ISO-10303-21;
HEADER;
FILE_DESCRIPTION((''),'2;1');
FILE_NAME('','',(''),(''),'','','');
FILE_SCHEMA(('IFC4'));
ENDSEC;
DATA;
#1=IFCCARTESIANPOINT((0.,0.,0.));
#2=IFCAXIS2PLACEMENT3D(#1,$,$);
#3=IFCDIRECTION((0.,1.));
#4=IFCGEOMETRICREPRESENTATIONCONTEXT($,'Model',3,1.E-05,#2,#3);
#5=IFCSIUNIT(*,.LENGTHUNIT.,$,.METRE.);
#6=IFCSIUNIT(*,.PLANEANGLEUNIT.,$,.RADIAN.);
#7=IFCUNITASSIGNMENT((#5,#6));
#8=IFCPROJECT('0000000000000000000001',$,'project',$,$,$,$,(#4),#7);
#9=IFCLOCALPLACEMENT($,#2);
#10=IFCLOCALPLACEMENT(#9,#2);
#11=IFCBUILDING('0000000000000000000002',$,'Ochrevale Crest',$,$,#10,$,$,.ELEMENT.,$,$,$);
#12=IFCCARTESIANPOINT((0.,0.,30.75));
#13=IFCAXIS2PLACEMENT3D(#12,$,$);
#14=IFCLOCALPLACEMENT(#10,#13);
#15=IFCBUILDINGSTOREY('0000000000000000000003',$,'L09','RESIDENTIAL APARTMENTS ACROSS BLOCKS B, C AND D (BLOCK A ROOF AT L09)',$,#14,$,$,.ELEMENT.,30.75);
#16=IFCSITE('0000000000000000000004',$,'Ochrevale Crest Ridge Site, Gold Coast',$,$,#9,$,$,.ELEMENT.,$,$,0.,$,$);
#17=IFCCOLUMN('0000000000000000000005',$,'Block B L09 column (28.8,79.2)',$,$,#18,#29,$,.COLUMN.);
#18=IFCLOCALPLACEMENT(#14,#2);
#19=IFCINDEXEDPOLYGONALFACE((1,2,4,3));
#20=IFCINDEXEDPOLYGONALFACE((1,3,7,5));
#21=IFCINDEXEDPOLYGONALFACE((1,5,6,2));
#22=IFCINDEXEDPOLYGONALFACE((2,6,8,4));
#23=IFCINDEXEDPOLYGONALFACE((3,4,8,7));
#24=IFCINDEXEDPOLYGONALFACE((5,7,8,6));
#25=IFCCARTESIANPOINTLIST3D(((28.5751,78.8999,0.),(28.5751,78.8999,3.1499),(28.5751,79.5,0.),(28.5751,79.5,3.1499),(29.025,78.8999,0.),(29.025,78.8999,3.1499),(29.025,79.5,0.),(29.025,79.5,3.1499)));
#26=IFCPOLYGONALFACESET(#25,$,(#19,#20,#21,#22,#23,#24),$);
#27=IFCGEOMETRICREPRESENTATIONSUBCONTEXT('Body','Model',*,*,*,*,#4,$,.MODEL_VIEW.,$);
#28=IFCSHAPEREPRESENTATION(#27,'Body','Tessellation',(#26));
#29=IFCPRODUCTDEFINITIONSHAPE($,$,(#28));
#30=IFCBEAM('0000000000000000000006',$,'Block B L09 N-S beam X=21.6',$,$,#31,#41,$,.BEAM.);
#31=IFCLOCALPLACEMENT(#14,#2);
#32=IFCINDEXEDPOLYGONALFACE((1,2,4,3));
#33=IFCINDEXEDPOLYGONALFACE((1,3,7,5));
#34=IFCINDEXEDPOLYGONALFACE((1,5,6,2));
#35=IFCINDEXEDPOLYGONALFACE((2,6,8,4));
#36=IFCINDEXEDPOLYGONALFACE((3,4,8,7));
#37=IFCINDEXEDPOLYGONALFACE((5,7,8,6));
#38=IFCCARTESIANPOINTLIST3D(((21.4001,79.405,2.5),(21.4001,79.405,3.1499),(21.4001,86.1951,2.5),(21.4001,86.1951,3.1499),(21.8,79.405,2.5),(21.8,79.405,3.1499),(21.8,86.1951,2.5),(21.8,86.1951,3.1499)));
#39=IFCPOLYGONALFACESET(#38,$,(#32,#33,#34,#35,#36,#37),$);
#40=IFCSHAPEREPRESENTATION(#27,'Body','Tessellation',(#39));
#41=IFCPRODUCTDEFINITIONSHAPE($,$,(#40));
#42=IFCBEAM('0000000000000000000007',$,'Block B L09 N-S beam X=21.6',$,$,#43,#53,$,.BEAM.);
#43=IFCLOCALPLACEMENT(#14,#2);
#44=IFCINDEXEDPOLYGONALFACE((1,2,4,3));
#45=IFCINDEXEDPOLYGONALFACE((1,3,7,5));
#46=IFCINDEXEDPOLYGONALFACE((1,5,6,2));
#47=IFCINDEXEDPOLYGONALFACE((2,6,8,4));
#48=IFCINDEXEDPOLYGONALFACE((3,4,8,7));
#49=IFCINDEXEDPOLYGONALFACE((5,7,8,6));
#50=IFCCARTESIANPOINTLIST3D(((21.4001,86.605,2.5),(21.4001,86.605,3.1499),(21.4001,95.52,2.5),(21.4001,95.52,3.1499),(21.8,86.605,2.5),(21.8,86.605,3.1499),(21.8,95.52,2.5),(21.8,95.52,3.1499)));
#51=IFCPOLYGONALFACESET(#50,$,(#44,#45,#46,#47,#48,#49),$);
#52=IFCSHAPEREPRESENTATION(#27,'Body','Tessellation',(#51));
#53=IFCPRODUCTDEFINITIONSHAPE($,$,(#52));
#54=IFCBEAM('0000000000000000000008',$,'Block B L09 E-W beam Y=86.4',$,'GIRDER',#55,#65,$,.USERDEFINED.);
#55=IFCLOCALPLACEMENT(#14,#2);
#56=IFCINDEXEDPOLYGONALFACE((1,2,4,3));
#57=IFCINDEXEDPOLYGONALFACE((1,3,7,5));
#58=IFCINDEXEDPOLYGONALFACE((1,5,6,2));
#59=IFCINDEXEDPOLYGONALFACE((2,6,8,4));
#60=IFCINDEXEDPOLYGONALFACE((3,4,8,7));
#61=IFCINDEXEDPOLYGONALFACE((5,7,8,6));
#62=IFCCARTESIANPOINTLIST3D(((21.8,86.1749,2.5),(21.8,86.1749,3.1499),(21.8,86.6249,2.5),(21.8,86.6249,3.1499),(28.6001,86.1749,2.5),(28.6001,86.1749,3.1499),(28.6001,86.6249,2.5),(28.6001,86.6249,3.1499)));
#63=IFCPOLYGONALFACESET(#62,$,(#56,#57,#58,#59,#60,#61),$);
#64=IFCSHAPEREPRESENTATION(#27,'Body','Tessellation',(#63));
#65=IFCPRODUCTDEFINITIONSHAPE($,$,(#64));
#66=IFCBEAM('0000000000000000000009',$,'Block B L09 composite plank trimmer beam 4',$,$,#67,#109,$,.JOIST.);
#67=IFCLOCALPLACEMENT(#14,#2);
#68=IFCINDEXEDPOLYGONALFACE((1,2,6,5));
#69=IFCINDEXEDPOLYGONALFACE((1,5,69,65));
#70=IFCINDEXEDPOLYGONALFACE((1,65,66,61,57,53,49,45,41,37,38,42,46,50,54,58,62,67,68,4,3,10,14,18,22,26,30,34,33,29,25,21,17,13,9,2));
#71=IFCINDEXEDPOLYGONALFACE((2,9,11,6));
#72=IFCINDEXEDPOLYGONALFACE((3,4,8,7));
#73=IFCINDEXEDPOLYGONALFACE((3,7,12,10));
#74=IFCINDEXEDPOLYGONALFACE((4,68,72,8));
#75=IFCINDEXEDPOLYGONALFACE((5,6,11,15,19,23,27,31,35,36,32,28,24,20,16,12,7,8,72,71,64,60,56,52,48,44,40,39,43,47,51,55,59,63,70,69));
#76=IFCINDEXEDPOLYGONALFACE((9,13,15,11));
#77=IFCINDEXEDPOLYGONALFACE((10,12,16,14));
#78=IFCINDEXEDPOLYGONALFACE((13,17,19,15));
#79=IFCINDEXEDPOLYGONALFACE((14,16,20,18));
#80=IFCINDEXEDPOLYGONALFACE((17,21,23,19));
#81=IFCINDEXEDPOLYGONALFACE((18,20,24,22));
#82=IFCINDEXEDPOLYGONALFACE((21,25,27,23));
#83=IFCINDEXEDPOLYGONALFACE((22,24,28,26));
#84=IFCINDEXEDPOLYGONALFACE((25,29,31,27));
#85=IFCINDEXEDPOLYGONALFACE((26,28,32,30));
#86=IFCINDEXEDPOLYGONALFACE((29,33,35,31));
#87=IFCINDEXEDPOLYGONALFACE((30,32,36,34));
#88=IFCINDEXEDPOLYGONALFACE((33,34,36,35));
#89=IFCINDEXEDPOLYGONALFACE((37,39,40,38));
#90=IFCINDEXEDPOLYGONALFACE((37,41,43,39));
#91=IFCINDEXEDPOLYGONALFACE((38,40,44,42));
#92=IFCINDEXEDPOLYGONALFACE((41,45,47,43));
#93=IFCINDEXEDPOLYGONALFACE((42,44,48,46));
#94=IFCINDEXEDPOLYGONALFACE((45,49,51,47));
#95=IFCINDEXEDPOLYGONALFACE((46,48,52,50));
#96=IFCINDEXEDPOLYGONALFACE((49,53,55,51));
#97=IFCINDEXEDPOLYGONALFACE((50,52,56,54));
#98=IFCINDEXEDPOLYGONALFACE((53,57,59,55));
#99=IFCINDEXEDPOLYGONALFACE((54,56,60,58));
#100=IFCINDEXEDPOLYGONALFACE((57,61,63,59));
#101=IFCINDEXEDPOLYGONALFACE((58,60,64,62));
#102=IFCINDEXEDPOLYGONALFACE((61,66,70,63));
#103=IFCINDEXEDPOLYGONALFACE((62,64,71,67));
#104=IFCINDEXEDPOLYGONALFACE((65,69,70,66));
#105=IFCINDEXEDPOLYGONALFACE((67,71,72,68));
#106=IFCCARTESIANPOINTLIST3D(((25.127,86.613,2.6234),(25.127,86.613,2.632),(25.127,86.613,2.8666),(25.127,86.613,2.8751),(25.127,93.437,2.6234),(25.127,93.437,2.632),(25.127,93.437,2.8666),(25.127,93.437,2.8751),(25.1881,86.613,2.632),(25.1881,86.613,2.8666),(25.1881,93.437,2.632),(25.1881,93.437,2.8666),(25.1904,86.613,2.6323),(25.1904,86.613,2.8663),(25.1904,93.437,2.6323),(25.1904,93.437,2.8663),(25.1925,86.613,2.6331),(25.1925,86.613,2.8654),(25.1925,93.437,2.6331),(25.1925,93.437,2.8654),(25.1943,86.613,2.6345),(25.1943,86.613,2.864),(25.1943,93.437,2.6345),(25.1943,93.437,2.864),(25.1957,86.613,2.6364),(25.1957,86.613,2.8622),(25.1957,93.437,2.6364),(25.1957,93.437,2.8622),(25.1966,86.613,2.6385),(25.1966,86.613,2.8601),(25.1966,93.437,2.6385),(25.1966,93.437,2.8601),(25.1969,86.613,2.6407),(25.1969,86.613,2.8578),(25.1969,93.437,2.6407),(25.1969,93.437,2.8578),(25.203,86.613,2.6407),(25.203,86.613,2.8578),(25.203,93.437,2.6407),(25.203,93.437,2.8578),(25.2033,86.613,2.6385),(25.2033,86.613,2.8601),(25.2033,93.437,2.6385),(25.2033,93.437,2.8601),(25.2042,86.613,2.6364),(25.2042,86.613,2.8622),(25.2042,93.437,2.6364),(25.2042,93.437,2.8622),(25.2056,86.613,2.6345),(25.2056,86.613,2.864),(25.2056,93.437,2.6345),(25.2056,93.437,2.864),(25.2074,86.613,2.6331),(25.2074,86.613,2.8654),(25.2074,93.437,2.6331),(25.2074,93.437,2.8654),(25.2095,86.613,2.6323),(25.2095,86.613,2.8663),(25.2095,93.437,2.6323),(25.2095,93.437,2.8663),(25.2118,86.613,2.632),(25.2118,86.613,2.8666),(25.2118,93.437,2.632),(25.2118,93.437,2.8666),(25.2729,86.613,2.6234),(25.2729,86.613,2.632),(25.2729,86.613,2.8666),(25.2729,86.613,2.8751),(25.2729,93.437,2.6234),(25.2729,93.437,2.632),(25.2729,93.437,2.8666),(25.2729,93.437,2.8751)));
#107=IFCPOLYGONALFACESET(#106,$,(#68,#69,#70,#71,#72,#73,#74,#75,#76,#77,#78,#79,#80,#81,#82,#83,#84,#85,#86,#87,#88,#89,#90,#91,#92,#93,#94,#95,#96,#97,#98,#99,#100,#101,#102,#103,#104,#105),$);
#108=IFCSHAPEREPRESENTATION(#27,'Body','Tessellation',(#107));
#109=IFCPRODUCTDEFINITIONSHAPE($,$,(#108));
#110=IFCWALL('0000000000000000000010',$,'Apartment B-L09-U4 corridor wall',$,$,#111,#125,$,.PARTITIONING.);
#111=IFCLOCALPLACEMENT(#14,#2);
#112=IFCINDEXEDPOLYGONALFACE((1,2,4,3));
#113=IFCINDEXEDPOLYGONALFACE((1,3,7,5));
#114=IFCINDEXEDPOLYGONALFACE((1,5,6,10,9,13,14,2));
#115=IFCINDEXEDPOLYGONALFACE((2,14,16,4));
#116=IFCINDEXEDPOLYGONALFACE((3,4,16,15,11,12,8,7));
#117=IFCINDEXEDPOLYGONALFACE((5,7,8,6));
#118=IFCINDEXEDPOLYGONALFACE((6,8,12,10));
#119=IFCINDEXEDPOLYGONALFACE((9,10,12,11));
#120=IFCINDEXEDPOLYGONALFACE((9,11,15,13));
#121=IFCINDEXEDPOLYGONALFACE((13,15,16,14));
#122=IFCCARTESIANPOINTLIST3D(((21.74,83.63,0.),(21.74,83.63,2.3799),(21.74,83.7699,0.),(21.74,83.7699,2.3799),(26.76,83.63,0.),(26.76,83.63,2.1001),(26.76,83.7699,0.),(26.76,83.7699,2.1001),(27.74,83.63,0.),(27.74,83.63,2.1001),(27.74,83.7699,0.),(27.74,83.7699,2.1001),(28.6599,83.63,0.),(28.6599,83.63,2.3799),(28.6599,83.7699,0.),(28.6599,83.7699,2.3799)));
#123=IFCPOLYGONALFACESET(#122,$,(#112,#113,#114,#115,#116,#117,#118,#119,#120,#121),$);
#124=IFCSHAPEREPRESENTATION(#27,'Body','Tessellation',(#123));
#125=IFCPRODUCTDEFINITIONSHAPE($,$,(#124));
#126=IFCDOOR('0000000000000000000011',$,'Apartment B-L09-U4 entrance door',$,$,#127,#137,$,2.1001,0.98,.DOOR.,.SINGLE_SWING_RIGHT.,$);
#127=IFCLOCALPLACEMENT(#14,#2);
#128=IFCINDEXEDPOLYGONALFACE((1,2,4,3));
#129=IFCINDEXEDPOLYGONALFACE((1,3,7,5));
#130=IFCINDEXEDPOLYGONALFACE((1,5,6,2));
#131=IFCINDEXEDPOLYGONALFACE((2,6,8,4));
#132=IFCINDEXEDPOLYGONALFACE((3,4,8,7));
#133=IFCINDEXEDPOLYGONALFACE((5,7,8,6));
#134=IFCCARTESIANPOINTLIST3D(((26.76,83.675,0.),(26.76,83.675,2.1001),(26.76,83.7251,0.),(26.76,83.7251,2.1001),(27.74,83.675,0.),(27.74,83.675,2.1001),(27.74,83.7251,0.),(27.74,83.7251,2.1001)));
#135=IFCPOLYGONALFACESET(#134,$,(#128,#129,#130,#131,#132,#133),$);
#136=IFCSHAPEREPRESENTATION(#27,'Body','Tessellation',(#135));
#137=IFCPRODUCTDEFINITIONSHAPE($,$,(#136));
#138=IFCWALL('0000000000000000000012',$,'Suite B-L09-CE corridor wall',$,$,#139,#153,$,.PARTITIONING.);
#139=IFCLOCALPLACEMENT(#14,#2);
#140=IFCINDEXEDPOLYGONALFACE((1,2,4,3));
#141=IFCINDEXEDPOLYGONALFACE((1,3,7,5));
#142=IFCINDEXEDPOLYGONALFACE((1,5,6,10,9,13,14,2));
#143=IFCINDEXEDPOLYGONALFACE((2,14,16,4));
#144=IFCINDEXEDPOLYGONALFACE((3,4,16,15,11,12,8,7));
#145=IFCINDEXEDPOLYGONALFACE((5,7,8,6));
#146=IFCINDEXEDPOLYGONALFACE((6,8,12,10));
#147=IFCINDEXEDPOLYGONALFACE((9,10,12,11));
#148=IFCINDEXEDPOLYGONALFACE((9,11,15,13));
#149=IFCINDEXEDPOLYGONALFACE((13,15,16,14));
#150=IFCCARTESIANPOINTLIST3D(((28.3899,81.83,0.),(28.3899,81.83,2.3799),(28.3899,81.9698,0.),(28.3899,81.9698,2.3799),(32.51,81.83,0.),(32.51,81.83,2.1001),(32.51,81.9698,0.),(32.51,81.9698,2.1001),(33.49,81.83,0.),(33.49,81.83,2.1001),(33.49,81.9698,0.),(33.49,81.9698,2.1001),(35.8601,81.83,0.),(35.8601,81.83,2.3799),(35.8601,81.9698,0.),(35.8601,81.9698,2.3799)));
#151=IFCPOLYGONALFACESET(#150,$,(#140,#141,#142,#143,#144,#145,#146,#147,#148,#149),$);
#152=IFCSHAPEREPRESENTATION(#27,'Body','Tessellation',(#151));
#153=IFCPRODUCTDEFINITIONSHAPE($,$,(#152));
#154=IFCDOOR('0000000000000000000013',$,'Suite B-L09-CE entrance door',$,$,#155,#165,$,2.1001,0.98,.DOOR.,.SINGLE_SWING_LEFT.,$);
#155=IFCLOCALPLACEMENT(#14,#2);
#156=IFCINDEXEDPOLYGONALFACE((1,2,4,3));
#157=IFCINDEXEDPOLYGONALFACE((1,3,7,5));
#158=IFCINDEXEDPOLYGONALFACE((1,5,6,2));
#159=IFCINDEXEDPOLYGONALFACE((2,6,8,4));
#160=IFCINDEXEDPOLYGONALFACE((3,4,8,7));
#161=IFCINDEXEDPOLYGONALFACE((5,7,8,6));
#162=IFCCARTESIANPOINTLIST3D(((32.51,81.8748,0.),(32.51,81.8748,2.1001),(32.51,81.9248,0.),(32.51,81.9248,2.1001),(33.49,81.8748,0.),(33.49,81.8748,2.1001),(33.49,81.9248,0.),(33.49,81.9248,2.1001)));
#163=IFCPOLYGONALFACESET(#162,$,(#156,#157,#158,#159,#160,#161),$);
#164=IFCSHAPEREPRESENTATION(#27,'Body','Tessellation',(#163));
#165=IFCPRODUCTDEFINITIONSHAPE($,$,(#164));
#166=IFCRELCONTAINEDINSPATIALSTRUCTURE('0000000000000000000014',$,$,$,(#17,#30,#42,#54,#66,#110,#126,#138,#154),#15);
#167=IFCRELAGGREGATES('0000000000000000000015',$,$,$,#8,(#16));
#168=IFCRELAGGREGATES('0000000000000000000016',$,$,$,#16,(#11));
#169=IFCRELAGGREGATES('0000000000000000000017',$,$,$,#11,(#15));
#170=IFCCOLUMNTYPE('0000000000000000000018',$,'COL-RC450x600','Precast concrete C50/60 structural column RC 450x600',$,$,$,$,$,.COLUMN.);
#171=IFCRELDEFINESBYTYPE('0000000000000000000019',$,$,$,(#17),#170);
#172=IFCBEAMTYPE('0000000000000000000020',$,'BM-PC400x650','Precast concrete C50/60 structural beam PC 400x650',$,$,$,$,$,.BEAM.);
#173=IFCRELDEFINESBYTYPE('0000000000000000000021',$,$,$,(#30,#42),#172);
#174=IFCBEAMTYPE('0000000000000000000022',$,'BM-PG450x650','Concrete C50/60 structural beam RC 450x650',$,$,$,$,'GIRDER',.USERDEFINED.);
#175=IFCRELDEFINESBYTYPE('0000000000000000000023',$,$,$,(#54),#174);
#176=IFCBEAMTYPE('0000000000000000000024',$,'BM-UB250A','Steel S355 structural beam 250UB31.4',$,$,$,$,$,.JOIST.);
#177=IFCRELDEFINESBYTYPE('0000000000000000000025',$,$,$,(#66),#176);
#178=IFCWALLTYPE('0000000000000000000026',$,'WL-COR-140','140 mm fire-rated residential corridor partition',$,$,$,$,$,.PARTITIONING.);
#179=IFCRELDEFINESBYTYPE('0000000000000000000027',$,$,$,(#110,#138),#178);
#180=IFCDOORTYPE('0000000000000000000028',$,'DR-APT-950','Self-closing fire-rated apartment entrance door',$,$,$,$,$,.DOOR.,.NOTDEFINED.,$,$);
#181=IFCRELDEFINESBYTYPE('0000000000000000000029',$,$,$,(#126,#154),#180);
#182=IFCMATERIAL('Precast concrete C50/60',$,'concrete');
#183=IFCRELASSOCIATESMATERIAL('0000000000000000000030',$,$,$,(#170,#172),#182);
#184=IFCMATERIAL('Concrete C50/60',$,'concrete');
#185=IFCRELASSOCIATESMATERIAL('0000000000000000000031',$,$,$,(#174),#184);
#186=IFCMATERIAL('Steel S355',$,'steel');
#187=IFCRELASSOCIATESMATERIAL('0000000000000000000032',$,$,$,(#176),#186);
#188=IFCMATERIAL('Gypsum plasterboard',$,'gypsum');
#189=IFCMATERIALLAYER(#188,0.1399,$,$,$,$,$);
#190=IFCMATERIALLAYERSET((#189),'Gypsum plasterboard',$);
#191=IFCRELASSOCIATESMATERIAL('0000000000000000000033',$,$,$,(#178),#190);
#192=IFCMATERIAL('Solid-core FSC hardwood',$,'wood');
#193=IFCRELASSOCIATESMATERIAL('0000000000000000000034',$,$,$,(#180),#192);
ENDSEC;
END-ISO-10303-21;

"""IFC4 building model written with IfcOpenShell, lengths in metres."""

from ifc_helpers import new_model, si_unit, direction, frame, frame_2d, origin, origin_2d, place, context, subcontext, project, spatial, rectangle, i_section, extrude, material, layer, layer_set, material_profile, profile_set, type_object, element, fill, save


model = new_model("IFC4")

# Units and contexts
model_context = context("Model", 3, precision=1e-05, world=origin(), true_north=direction((0.0, 1.0)))
body_context = subcontext(model_context, "Body", "Model", "MODEL_VIEW")
ifc_project = project(units=[si_unit("LENGTHUNIT", "METRE"), si_unit("PLANEANGLEUNIT", "RADIAN")], contexts=[model_context])

# Site, building, storey
site_placement = place(None, origin())
site = spatial("IfcSite", under=ifc_project, at=site_placement, Name="Ochrevale Crest Ridge Site, Gold Coast", CompositionType="ELEMENT", RefElevation=0.0)
building_placement = place(site_placement, origin())
building = spatial("IfcBuilding", under=site, at=building_placement, Name="Ochrevale Crest", CompositionType="ELEMENT")
storey_placement = place(building_placement, frame((0.0, 0.0, 30.75)))
storey = spatial("IfcBuildingStorey", under=building, at=storey_placement, Name="L09", Description="RESIDENTIAL APARTMENTS ACROSS BLOCKS B, C AND D (BLOCK A ROOF AT L09)", CompositionType="ELEMENT", Elevation=30.75)

# Column
ifc_material_1 = material(Name="Precast concrete C50/60", Category="concrete")
ifc_material_profile_1 = material_profile(ifc_material_1, rectangle(XDim=0.45, YDim=0.6001, at=origin_2d()), Name="RC 450x600")
ifc_profile_set_1 = profile_set([ifc_material_profile_1], Name="Precast concrete C50/60")
column_type = type_object("IfcColumnType", Name="COL-RC450x600", Description="Precast concrete C50/60 structural column RC 450x600", PredefinedType="COLUMN", material=ifc_profile_set_1)
column_placement = place(storey_placement, frame((28.8, 79.2, 0.0), z_axis=(0.0, 0.0, 1.0), x_axis=(1.0, 0.0, 0.0)))
element("IfcColumn", 1, at=column_placement, inside=storey, type_object=column_type, Name="Block B L09 column (28.8,79.2)", PredefinedType="COLUMN", context=body_context, shape_type="SweptSolid", body=[
    extrude(rectangle(XDim=0.45, YDim=0.6001, at=origin_2d()), origin(), (0.0, 0.0, 1.0), 3.1499),
])

# Beams
ifc_material_profile_2 = material_profile(ifc_material_1, rectangle(XDim=0.3999, YDim=0.6499, at=origin_2d()), Name="PC 400x650")
ifc_profile_set_2 = profile_set([ifc_material_profile_2], Name="Precast concrete C50/60")
beam_type_1 = type_object("IfcBeamType", Name="BM-PC400x650", Description="Precast concrete C50/60 structural beam PC 400x650", PredefinedType="BEAM", material=ifc_profile_set_2)
beam_1_placement = place(storey_placement, frame((21.6001, 79.405, 2.825), z_axis=(0.0, 1.0, 0.0), x_axis=(-1.0, 0.0, 0.0)))
element("IfcBeam", 2, at=beam_1_placement, inside=storey, type_object=beam_type_1, Name="Block B L09 N-S beam X=21.6", PredefinedType="BEAM", context=body_context, shape_type="SweptSolid", body=[
    extrude(rectangle(XDim=0.3999, YDim=0.6499, at=origin_2d()), origin(), (0.0, 0.0, 1.0), 6.79),
])
beam_2_placement = place(storey_placement, frame((21.6001, 86.605, 2.825), z_axis=(0.0, 1.0, 0.0), x_axis=(-1.0, 0.0, 0.0)))
element("IfcBeam", 3, at=beam_2_placement, inside=storey, type_object=beam_type_1, Name="Block B L09 N-S beam X=21.6", PredefinedType="BEAM", context=body_context, shape_type="SweptSolid", body=[
    extrude(rectangle(XDim=0.3999, YDim=0.6499, at=origin_2d()), origin(), (0.0, 0.0, 1.0), 8.915),
])
ifc_material_2 = material(Name="Concrete C50/60", Category="concrete")
ifc_material_profile_3 = material_profile(ifc_material_2, rectangle(XDim=0.45, YDim=0.6499, at=origin_2d()), Name="RC 450x650")
ifc_profile_set_3 = profile_set([ifc_material_profile_3], Name="Concrete C50/60")
beam_type_2 = type_object("IfcBeamType", Name="BM-PG450x650", Description="Concrete C50/60 structural beam RC 450x650", ElementType="GIRDER", PredefinedType="USERDEFINED", material=ifc_profile_set_3)
beam_3_placement = place(storey_placement, frame((21.8, 86.3999, 2.825), z_axis=(1.0, 0.0, 0.0), x_axis=(0.0, 1.0, 0.0)))
element("IfcBeam", 4, at=beam_3_placement, inside=storey, type_object=beam_type_2, Name="Block B L09 E-W beam Y=86.4", ObjectType="GIRDER", PredefinedType="USERDEFINED", context=body_context, shape_type="SweptSolid", body=[
    extrude(rectangle(XDim=0.45, YDim=0.6499, at=origin_2d()), origin(), (0.0, 0.0, 1.0), 6.8),
])
ifc_material_3 = material(Name="Steel S355", Category="steel")
ifc_material_profile_4 = material_profile(ifc_material_3, i_section(OverallWidth=0.146, OverallDepth=0.2517, WebThickness=0.0061, FlangeThickness=0.0085, FilletRadius=0.0088, at=origin_2d()), Name="250UB31.4")
ifc_profile_set_4 = profile_set([ifc_material_profile_4], Name="Steel S355")
beam_type_3 = type_object("IfcBeamType", Name="BM-UB250A", Description="Steel S355 structural beam 250UB31.4", PredefinedType="JOIST", material=ifc_profile_set_4)
beam_4_placement = place(storey_placement, frame((25.2, 86.613, 2.7493), z_axis=(0.0, 1.0, 0.0), x_axis=(-1.0, 0.0, 0.0)))
element("IfcBeam", 5, at=beam_4_placement, inside=storey, type_object=beam_type_3, Name="Block B L09 composite plank trimmer beam 4", PredefinedType="JOIST", context=body_context, shape_type="SweptSolid", body=[
    extrude(i_section(OverallWidth=0.146, OverallDepth=0.2517, WebThickness=0.0061, FlangeThickness=0.0085, FilletRadius=0.0088, at=origin_2d()), origin(), (0.0, 0.0, 1.0), 6.824),
])

# Walls, openings, doors
ifc_material_4 = material(Name="Gypsum plasterboard", Category="gypsum")
ifc_layer_1 = layer(ifc_material_4, 0.1399)
ifc_layer_set_1 = layer_set([ifc_layer_1], Name="Gypsum plasterboard")
wall_type_1 = type_object("IfcWallType", Name="WL-COR-140", Description="140 mm fire-rated residential corridor partition", PredefinedType="PARTITIONING", material=ifc_layer_set_1)
wall_1_placement = place(storey_placement, frame((21.74, 83.7, 0.0), z_axis=(0.0, 0.0, 1.0), x_axis=(1.0, 0.0, 0.0)))
wall_1 = element("IfcWall", 6, at=wall_1_placement, inside=storey, type_object=wall_type_1, Name="Apartment B-L09-U4 corridor wall", PredefinedType="PARTITIONING", context=body_context, shape_type="SweptSolid", body=[
    extrude(rectangle(XDim=6.9199, YDim=0.1399, at=frame_2d((3.46, 0.0))), origin(), (0.0, 0.0, 1.0), 2.3799),
])
opening_1_placement = place(wall_1_placement, frame((6.0, 0.0, 0.0), z_axis=(0.0, 0.0, 1.0), x_axis=(-1.0, 0.0, 0.0)))
opening_1 = element("IfcOpeningElement", 7, at=opening_1_placement, cuts=wall_1, PredefinedType="OPENING", context=body_context, shape_type="SweptSolid", body=[
    extrude(rectangle(XDim=0.98, YDim=2.1001, at=frame_2d((0.49, 1.05))), frame((0.0, 0.0801, 0.0), z_axis=(0.0, -1.0, 0.0), x_axis=(1.0, 0.0, 0.0)), (0.0, 0.0, 1.0), 0.1599),
])
ifc_material_5 = material(Name="Solid-core FSC hardwood", Category="wood")
door_type_1 = type_object("IfcDoorType", Name="DR-APT-950", Description="Self-closing fire-rated apartment entrance door", OperationType="NOTDEFINED", PredefinedType="DOOR", material=ifc_material_5)
door_1_placement = place(opening_1_placement, origin())
door_1 = element("IfcDoor", 8, at=door_1_placement, inside=storey, type_object=door_type_1, Name="Apartment B-L09-U4 entrance door", OperationType="SINGLE_SWING_RIGHT", OverallHeight=2.1001, OverallWidth=0.98, PredefinedType="DOOR", context=body_context, shape_type="SweptSolid", body=[
    extrude(rectangle(XDim=0.98, YDim=2.1001, at=frame_2d((0.49, 1.05))), frame((0.0, 0.0249, 0.0), z_axis=(0.0, -1.0, 0.0), x_axis=(1.0, 0.0, 0.0)), (0.0, 0.0, 1.0), 0.05),
])
fill(opening_1, door_1)
wall_2_placement = place(storey_placement, frame((28.3899, 81.8999, 0.0), z_axis=(0.0, 0.0, 1.0), x_axis=(1.0, 0.0, 0.0)))
wall_2 = element("IfcWall", 9, at=wall_2_placement, inside=storey, type_object=wall_type_1, Name="Suite B-L09-CE corridor wall", PredefinedType="PARTITIONING", context=body_context, shape_type="SweptSolid", body=[
    extrude(rectangle(XDim=7.4702, YDim=0.1399, at=frame_2d((3.7351, 0.0))), origin(), (0.0, 0.0, 1.0), 2.3799),
])
opening_2_placement = place(wall_2_placement, frame((4.1201, 0.0, 0.0)))
opening_2 = element("IfcOpeningElement", 10, at=opening_2_placement, cuts=wall_2, PredefinedType="OPENING", context=body_context, shape_type="SweptSolid", body=[
    extrude(rectangle(XDim=0.98, YDim=2.1001, at=frame_2d((0.49, 1.05))), frame((0.0, 0.0801, 0.0), z_axis=(0.0, -1.0, 0.0), x_axis=(1.0, 0.0, 0.0)), (0.0, 0.0, 1.0), 0.1599),
])
door_2_placement = place(opening_2_placement, origin())
door_2 = element("IfcDoor", 11, at=door_2_placement, inside=storey, type_object=door_type_1, Name="Suite B-L09-CE entrance door", OperationType="SINGLE_SWING_LEFT", OverallHeight=2.1001, OverallWidth=0.98, PredefinedType="DOOR", context=body_context, shape_type="SweptSolid", body=[
    extrude(rectangle(XDim=0.98, YDim=2.1001, at=frame_2d((0.49, 1.05))), frame((0.0, 0.0249, 0.0), z_axis=(0.0, -1.0, 0.0), x_axis=(1.0, 0.0, 0.0)), (0.0, 0.0, 1.0), 0.05),
])
fill(opening_2, door_2)

save(model, "model.ifc")
